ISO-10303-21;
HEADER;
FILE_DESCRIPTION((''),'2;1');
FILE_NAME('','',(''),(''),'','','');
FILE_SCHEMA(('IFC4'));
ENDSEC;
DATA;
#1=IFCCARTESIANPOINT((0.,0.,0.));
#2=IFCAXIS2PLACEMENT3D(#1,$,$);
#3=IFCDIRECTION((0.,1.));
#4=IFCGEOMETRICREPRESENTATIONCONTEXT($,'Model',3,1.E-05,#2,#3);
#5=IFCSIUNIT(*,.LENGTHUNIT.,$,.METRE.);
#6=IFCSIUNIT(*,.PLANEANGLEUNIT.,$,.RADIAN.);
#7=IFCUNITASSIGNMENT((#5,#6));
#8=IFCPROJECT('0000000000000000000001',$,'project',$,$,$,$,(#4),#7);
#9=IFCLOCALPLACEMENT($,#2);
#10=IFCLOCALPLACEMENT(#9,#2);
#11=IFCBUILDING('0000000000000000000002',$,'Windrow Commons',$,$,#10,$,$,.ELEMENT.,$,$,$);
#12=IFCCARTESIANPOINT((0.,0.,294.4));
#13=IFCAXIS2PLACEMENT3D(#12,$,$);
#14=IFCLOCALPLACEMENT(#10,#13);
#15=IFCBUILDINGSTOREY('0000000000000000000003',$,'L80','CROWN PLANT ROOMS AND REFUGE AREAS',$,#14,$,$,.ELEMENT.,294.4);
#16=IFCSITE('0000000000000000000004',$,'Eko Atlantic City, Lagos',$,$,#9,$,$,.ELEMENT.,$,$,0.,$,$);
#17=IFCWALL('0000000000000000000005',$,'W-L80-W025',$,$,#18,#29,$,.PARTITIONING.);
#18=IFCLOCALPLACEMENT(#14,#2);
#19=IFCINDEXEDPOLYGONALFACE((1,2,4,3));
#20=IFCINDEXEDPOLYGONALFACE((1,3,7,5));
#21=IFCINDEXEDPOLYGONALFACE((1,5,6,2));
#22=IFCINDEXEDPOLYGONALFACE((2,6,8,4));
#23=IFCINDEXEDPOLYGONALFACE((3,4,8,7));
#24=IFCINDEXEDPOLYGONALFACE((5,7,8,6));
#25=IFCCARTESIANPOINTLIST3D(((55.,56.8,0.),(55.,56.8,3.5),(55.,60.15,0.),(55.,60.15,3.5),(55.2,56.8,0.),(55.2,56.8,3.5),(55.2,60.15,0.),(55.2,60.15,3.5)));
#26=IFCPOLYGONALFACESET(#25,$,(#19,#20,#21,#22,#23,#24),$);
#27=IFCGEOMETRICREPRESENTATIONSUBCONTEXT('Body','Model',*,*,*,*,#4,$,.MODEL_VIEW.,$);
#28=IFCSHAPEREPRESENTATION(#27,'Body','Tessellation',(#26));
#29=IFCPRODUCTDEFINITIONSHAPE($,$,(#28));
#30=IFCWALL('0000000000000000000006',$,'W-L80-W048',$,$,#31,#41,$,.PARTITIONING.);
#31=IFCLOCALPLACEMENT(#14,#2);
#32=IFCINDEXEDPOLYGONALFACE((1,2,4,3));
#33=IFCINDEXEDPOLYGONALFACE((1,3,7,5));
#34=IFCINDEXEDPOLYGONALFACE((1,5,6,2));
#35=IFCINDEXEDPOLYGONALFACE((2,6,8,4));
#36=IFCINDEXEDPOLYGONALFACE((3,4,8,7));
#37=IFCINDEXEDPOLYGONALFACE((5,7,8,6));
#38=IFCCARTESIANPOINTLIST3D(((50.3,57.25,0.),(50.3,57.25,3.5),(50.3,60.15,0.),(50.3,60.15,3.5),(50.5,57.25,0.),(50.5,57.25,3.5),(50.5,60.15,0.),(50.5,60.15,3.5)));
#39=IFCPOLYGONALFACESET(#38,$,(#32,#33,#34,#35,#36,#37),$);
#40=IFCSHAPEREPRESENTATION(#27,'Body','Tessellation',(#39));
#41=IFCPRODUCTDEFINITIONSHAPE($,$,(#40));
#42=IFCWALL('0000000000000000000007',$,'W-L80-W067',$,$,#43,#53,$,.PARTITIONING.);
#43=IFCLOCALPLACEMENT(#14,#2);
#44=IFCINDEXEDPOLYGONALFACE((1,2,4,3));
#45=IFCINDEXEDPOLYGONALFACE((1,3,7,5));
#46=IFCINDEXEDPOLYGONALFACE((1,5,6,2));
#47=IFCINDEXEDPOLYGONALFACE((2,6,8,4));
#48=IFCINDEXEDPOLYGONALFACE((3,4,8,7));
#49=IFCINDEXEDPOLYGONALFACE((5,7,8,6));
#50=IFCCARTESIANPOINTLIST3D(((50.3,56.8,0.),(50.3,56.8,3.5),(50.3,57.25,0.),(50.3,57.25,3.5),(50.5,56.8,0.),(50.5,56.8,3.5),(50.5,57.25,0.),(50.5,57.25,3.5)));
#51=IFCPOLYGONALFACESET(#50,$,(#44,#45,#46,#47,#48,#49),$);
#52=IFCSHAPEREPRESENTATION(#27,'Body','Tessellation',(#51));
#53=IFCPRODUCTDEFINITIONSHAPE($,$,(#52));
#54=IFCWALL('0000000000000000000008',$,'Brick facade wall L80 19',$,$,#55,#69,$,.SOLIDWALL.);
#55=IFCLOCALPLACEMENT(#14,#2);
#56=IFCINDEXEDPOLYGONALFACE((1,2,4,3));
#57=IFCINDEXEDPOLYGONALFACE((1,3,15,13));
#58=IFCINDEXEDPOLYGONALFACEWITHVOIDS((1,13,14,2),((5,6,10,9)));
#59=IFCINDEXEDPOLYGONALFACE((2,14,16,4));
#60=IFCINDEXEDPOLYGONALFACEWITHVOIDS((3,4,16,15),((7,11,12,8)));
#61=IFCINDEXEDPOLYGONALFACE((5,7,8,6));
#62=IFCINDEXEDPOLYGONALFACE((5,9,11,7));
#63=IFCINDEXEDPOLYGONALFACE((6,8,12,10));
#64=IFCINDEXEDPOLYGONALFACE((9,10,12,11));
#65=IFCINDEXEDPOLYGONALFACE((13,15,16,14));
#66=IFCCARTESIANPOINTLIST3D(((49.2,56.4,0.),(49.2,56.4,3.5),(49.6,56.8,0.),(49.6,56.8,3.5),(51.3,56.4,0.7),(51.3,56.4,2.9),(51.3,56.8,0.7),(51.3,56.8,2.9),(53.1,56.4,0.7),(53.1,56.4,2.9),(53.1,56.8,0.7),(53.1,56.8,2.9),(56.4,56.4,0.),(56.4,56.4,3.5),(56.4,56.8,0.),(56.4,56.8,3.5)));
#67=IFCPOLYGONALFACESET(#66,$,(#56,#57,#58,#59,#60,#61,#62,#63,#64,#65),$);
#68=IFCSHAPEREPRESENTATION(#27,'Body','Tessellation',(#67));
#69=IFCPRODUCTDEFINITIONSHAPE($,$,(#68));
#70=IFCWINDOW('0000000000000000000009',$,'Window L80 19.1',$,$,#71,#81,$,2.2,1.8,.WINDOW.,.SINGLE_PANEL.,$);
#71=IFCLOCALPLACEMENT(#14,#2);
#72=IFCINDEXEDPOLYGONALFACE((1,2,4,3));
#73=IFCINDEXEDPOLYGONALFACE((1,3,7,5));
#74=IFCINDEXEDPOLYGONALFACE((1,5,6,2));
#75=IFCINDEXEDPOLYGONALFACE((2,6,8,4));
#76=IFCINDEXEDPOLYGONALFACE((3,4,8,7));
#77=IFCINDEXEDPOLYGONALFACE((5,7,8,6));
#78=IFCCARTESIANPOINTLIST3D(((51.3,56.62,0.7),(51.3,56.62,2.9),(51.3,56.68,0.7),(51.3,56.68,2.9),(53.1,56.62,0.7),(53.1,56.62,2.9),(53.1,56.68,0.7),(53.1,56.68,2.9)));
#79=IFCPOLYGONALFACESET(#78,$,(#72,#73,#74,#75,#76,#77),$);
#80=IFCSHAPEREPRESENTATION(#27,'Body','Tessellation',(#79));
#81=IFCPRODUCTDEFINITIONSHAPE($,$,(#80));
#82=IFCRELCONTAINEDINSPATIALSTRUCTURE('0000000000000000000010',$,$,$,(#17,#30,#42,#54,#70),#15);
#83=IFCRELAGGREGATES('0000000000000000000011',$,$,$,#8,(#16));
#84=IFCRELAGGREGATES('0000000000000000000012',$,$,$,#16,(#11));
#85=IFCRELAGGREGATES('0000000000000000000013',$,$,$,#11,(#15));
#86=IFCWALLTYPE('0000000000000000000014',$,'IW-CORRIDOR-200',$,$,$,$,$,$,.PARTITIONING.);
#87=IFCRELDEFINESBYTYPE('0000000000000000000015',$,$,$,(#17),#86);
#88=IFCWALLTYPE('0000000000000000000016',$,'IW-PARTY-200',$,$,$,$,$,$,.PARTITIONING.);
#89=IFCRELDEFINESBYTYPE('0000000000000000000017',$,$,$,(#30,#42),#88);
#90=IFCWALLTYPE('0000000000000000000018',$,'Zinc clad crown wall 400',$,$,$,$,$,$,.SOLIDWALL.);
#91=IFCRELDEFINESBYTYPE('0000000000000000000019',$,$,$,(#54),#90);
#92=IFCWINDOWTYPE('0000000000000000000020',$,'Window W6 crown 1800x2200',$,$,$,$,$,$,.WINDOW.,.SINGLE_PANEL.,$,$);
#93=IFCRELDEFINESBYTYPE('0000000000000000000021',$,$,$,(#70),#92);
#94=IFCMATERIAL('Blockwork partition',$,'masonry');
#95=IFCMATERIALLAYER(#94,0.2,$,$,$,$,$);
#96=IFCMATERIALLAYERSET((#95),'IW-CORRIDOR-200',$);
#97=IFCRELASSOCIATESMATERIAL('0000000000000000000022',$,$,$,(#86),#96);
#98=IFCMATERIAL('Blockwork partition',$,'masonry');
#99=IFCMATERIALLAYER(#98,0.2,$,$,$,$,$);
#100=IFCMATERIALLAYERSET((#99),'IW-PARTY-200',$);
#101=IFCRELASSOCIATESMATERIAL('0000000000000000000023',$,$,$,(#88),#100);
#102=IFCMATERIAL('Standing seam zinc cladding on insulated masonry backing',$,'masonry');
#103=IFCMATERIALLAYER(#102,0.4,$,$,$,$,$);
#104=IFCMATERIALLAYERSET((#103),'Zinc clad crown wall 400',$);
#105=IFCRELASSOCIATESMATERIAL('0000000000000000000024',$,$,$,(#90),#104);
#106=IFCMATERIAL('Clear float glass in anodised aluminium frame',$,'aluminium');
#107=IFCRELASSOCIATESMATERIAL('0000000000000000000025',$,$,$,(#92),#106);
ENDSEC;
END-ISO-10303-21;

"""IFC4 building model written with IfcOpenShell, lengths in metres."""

from ifc_helpers import new_model, si_unit, direction, frame, frame_2d, origin, place, context, subcontext, project, spatial, polyline, rectangle, outline, extrude, material, layer, layer_set, type_object, element, fill, save


model = new_model("IFC4")

# Units and contexts
model_context = context("Model", 3, precision=1e-05, world=origin(), true_north=direction((0.0, 1.0)))
body_context = subcontext(model_context, "Body", "Model", "MODEL_VIEW")
ifc_project = project(units=[si_unit("LENGTHUNIT", "METRE"), si_unit("PLANEANGLEUNIT", "RADIAN")], contexts=[model_context])

# Site, building, storey
site_placement = place(None, origin())
site = spatial("IfcSite", under=ifc_project, at=site_placement, Name="Eko Atlantic City, Lagos", CompositionType="ELEMENT", RefElevation=0.0)
building_placement = place(site_placement, origin())
building = spatial("IfcBuilding", under=site, at=building_placement, Name="Windrow Commons", CompositionType="ELEMENT")
storey_placement = place(building_placement, frame((0.0, 0.0, 294.4)))
storey = spatial("IfcBuildingStorey", under=building, at=storey_placement, Name="L80", Description="CROWN PLANT ROOMS AND REFUGE AREAS", CompositionType="ELEMENT", Elevation=294.4)

# Walls
ifc_material_1 = material(Name="Blockwork partition", Category="masonry")
ifc_layer_1 = layer(ifc_material_1, 0.2)
ifc_layer_set_1 = layer_set([ifc_layer_1], Name="IW-CORRIDOR-200")
wall_type_1 = type_object("IfcWallType", Name="IW-CORRIDOR-200", PredefinedType="PARTITIONING", material=ifc_layer_set_1)
wall_1_placement = place(storey_placement, frame((55.1, 56.8, 0.0), z_axis=(0.0, 0.0, 1.0), x_axis=(0.0, 1.0, 0.0)))
element("IfcWall", 1, at=wall_1_placement, inside=storey, type_object=wall_type_1, Name="W-L80-W025", PredefinedType="PARTITIONING", context=body_context, shape_type="SweptSolid", body=[
    extrude(rectangle(XDim=3.35, YDim=0.2, at=frame_2d((1.675, 0.0))), origin(), (0.0, 0.0, 1.0), 3.5),
])
ifc_material_2 = material(Name="Blockwork partition", Category="masonry")
ifc_layer_2 = layer(ifc_material_2, 0.2)
ifc_layer_set_2 = layer_set([ifc_layer_2], Name="IW-PARTY-200")
wall_type_2 = type_object("IfcWallType", Name="IW-PARTY-200", PredefinedType="PARTITIONING", material=ifc_layer_set_2)
wall_2_placement = place(storey_placement, frame((50.4, 57.25, 0.0), z_axis=(0.0, 0.0, 1.0), x_axis=(0.0, 1.0, 0.0)))
element("IfcWall", 2, at=wall_2_placement, inside=storey, type_object=wall_type_2, Name="W-L80-W048", PredefinedType="PARTITIONING", context=body_context, shape_type="SweptSolid", body=[
    extrude(rectangle(XDim=2.9, YDim=0.2, at=frame_2d((1.45, 0.0))), origin(), (0.0, 0.0, 1.0), 3.5),
])
wall_3_placement = place(storey_placement, frame((50.4, 56.8, 0.0), z_axis=(0.0, 0.0, 1.0), x_axis=(0.0, 1.0, 0.0)))
element("IfcWall", 3, at=wall_3_placement, inside=storey, type_object=wall_type_2, Name="W-L80-W067", PredefinedType="PARTITIONING", context=body_context, shape_type="SweptSolid", body=[
    extrude(outline(polyline([(0.0, -0.1), (0.45, -0.1), (0.45, 0.1), (0.0, 0.1), (0.0, -0.1)])), origin(), (0.0, 0.0, 1.0), 3.5),
])

# Wall, opening, window
ifc_material_3 = material(Name="Standing seam zinc cladding on insulated masonry backing", Category="masonry")
ifc_layer_3 = layer(ifc_material_3, 0.4)
ifc_layer_set_3 = layer_set([ifc_layer_3], Name="Zinc clad crown wall 400")
wall_type_3 = type_object("IfcWallType", Name="Zinc clad crown wall 400", PredefinedType="SOLIDWALL", material=ifc_layer_set_3)
wall_4_placement = place(storey_placement, frame((49.4, 56.6, 0.0), z_axis=(0.0, 0.0, 1.0), x_axis=(1.0, 0.0, 0.0)))
wall_4 = element("IfcWall", 4, at=wall_4_placement, inside=storey, type_object=wall_type_3, Name="Brick facade wall L80 19", PredefinedType="SOLIDWALL", context=body_context, shape_type="SweptSolid", body=[
    extrude(outline(polyline([(-0.2, -0.2), (7.0, -0.2), (7.0, 0.2), (0.2, 0.2), (-0.2, -0.2)])), origin(), (0.0, 0.0, 1.0), 3.5),
])
opening_placement = place(wall_4_placement, frame((1.9, 0.0, 0.7)))
opening = element("IfcOpeningElement", 5, at=opening_placement, cuts=wall_4, PredefinedType="OPENING", context=body_context, shape_type="SweptSolid", body=[
    extrude(rectangle(XDim=1.8, YDim=2.2, at=frame_2d((0.9, 1.1))), frame((0.0, 0.21, 0.0), z_axis=(0.0, -1.0, 0.0), x_axis=(1.0, 0.0, 0.0)), (0.0, 0.0, 1.0), 0.42),
])
ifc_material_4 = material(Name="Clear float glass in anodised aluminium frame", Category="aluminium")
window_type = type_object("IfcWindowType", Name="Window W6 crown 1800x2200", PartitioningType="SINGLE_PANEL", PredefinedType="WINDOW", material=ifc_material_4)
window_placement = place(opening_placement, origin())
window = element("IfcWindow", 6, at=window_placement, inside=storey, type_object=window_type, Name="Window L80 19.1", OverallHeight=2.2, OverallWidth=1.8, PartitioningType="SINGLE_PANEL", PredefinedType="WINDOW", context=body_context, shape_type="SweptSolid", body=[
    extrude(rectangle(XDim=1.8, YDim=2.2, at=frame_2d((0.9, 1.1))), frame((0.0, 0.08, 0.0), z_axis=(0.0, -1.0, 0.0), x_axis=(1.0, 0.0, 0.0)), (0.0, 0.0, 1.0), 0.06),
])
fill(opening, window)

save(model, "model.ifc")
